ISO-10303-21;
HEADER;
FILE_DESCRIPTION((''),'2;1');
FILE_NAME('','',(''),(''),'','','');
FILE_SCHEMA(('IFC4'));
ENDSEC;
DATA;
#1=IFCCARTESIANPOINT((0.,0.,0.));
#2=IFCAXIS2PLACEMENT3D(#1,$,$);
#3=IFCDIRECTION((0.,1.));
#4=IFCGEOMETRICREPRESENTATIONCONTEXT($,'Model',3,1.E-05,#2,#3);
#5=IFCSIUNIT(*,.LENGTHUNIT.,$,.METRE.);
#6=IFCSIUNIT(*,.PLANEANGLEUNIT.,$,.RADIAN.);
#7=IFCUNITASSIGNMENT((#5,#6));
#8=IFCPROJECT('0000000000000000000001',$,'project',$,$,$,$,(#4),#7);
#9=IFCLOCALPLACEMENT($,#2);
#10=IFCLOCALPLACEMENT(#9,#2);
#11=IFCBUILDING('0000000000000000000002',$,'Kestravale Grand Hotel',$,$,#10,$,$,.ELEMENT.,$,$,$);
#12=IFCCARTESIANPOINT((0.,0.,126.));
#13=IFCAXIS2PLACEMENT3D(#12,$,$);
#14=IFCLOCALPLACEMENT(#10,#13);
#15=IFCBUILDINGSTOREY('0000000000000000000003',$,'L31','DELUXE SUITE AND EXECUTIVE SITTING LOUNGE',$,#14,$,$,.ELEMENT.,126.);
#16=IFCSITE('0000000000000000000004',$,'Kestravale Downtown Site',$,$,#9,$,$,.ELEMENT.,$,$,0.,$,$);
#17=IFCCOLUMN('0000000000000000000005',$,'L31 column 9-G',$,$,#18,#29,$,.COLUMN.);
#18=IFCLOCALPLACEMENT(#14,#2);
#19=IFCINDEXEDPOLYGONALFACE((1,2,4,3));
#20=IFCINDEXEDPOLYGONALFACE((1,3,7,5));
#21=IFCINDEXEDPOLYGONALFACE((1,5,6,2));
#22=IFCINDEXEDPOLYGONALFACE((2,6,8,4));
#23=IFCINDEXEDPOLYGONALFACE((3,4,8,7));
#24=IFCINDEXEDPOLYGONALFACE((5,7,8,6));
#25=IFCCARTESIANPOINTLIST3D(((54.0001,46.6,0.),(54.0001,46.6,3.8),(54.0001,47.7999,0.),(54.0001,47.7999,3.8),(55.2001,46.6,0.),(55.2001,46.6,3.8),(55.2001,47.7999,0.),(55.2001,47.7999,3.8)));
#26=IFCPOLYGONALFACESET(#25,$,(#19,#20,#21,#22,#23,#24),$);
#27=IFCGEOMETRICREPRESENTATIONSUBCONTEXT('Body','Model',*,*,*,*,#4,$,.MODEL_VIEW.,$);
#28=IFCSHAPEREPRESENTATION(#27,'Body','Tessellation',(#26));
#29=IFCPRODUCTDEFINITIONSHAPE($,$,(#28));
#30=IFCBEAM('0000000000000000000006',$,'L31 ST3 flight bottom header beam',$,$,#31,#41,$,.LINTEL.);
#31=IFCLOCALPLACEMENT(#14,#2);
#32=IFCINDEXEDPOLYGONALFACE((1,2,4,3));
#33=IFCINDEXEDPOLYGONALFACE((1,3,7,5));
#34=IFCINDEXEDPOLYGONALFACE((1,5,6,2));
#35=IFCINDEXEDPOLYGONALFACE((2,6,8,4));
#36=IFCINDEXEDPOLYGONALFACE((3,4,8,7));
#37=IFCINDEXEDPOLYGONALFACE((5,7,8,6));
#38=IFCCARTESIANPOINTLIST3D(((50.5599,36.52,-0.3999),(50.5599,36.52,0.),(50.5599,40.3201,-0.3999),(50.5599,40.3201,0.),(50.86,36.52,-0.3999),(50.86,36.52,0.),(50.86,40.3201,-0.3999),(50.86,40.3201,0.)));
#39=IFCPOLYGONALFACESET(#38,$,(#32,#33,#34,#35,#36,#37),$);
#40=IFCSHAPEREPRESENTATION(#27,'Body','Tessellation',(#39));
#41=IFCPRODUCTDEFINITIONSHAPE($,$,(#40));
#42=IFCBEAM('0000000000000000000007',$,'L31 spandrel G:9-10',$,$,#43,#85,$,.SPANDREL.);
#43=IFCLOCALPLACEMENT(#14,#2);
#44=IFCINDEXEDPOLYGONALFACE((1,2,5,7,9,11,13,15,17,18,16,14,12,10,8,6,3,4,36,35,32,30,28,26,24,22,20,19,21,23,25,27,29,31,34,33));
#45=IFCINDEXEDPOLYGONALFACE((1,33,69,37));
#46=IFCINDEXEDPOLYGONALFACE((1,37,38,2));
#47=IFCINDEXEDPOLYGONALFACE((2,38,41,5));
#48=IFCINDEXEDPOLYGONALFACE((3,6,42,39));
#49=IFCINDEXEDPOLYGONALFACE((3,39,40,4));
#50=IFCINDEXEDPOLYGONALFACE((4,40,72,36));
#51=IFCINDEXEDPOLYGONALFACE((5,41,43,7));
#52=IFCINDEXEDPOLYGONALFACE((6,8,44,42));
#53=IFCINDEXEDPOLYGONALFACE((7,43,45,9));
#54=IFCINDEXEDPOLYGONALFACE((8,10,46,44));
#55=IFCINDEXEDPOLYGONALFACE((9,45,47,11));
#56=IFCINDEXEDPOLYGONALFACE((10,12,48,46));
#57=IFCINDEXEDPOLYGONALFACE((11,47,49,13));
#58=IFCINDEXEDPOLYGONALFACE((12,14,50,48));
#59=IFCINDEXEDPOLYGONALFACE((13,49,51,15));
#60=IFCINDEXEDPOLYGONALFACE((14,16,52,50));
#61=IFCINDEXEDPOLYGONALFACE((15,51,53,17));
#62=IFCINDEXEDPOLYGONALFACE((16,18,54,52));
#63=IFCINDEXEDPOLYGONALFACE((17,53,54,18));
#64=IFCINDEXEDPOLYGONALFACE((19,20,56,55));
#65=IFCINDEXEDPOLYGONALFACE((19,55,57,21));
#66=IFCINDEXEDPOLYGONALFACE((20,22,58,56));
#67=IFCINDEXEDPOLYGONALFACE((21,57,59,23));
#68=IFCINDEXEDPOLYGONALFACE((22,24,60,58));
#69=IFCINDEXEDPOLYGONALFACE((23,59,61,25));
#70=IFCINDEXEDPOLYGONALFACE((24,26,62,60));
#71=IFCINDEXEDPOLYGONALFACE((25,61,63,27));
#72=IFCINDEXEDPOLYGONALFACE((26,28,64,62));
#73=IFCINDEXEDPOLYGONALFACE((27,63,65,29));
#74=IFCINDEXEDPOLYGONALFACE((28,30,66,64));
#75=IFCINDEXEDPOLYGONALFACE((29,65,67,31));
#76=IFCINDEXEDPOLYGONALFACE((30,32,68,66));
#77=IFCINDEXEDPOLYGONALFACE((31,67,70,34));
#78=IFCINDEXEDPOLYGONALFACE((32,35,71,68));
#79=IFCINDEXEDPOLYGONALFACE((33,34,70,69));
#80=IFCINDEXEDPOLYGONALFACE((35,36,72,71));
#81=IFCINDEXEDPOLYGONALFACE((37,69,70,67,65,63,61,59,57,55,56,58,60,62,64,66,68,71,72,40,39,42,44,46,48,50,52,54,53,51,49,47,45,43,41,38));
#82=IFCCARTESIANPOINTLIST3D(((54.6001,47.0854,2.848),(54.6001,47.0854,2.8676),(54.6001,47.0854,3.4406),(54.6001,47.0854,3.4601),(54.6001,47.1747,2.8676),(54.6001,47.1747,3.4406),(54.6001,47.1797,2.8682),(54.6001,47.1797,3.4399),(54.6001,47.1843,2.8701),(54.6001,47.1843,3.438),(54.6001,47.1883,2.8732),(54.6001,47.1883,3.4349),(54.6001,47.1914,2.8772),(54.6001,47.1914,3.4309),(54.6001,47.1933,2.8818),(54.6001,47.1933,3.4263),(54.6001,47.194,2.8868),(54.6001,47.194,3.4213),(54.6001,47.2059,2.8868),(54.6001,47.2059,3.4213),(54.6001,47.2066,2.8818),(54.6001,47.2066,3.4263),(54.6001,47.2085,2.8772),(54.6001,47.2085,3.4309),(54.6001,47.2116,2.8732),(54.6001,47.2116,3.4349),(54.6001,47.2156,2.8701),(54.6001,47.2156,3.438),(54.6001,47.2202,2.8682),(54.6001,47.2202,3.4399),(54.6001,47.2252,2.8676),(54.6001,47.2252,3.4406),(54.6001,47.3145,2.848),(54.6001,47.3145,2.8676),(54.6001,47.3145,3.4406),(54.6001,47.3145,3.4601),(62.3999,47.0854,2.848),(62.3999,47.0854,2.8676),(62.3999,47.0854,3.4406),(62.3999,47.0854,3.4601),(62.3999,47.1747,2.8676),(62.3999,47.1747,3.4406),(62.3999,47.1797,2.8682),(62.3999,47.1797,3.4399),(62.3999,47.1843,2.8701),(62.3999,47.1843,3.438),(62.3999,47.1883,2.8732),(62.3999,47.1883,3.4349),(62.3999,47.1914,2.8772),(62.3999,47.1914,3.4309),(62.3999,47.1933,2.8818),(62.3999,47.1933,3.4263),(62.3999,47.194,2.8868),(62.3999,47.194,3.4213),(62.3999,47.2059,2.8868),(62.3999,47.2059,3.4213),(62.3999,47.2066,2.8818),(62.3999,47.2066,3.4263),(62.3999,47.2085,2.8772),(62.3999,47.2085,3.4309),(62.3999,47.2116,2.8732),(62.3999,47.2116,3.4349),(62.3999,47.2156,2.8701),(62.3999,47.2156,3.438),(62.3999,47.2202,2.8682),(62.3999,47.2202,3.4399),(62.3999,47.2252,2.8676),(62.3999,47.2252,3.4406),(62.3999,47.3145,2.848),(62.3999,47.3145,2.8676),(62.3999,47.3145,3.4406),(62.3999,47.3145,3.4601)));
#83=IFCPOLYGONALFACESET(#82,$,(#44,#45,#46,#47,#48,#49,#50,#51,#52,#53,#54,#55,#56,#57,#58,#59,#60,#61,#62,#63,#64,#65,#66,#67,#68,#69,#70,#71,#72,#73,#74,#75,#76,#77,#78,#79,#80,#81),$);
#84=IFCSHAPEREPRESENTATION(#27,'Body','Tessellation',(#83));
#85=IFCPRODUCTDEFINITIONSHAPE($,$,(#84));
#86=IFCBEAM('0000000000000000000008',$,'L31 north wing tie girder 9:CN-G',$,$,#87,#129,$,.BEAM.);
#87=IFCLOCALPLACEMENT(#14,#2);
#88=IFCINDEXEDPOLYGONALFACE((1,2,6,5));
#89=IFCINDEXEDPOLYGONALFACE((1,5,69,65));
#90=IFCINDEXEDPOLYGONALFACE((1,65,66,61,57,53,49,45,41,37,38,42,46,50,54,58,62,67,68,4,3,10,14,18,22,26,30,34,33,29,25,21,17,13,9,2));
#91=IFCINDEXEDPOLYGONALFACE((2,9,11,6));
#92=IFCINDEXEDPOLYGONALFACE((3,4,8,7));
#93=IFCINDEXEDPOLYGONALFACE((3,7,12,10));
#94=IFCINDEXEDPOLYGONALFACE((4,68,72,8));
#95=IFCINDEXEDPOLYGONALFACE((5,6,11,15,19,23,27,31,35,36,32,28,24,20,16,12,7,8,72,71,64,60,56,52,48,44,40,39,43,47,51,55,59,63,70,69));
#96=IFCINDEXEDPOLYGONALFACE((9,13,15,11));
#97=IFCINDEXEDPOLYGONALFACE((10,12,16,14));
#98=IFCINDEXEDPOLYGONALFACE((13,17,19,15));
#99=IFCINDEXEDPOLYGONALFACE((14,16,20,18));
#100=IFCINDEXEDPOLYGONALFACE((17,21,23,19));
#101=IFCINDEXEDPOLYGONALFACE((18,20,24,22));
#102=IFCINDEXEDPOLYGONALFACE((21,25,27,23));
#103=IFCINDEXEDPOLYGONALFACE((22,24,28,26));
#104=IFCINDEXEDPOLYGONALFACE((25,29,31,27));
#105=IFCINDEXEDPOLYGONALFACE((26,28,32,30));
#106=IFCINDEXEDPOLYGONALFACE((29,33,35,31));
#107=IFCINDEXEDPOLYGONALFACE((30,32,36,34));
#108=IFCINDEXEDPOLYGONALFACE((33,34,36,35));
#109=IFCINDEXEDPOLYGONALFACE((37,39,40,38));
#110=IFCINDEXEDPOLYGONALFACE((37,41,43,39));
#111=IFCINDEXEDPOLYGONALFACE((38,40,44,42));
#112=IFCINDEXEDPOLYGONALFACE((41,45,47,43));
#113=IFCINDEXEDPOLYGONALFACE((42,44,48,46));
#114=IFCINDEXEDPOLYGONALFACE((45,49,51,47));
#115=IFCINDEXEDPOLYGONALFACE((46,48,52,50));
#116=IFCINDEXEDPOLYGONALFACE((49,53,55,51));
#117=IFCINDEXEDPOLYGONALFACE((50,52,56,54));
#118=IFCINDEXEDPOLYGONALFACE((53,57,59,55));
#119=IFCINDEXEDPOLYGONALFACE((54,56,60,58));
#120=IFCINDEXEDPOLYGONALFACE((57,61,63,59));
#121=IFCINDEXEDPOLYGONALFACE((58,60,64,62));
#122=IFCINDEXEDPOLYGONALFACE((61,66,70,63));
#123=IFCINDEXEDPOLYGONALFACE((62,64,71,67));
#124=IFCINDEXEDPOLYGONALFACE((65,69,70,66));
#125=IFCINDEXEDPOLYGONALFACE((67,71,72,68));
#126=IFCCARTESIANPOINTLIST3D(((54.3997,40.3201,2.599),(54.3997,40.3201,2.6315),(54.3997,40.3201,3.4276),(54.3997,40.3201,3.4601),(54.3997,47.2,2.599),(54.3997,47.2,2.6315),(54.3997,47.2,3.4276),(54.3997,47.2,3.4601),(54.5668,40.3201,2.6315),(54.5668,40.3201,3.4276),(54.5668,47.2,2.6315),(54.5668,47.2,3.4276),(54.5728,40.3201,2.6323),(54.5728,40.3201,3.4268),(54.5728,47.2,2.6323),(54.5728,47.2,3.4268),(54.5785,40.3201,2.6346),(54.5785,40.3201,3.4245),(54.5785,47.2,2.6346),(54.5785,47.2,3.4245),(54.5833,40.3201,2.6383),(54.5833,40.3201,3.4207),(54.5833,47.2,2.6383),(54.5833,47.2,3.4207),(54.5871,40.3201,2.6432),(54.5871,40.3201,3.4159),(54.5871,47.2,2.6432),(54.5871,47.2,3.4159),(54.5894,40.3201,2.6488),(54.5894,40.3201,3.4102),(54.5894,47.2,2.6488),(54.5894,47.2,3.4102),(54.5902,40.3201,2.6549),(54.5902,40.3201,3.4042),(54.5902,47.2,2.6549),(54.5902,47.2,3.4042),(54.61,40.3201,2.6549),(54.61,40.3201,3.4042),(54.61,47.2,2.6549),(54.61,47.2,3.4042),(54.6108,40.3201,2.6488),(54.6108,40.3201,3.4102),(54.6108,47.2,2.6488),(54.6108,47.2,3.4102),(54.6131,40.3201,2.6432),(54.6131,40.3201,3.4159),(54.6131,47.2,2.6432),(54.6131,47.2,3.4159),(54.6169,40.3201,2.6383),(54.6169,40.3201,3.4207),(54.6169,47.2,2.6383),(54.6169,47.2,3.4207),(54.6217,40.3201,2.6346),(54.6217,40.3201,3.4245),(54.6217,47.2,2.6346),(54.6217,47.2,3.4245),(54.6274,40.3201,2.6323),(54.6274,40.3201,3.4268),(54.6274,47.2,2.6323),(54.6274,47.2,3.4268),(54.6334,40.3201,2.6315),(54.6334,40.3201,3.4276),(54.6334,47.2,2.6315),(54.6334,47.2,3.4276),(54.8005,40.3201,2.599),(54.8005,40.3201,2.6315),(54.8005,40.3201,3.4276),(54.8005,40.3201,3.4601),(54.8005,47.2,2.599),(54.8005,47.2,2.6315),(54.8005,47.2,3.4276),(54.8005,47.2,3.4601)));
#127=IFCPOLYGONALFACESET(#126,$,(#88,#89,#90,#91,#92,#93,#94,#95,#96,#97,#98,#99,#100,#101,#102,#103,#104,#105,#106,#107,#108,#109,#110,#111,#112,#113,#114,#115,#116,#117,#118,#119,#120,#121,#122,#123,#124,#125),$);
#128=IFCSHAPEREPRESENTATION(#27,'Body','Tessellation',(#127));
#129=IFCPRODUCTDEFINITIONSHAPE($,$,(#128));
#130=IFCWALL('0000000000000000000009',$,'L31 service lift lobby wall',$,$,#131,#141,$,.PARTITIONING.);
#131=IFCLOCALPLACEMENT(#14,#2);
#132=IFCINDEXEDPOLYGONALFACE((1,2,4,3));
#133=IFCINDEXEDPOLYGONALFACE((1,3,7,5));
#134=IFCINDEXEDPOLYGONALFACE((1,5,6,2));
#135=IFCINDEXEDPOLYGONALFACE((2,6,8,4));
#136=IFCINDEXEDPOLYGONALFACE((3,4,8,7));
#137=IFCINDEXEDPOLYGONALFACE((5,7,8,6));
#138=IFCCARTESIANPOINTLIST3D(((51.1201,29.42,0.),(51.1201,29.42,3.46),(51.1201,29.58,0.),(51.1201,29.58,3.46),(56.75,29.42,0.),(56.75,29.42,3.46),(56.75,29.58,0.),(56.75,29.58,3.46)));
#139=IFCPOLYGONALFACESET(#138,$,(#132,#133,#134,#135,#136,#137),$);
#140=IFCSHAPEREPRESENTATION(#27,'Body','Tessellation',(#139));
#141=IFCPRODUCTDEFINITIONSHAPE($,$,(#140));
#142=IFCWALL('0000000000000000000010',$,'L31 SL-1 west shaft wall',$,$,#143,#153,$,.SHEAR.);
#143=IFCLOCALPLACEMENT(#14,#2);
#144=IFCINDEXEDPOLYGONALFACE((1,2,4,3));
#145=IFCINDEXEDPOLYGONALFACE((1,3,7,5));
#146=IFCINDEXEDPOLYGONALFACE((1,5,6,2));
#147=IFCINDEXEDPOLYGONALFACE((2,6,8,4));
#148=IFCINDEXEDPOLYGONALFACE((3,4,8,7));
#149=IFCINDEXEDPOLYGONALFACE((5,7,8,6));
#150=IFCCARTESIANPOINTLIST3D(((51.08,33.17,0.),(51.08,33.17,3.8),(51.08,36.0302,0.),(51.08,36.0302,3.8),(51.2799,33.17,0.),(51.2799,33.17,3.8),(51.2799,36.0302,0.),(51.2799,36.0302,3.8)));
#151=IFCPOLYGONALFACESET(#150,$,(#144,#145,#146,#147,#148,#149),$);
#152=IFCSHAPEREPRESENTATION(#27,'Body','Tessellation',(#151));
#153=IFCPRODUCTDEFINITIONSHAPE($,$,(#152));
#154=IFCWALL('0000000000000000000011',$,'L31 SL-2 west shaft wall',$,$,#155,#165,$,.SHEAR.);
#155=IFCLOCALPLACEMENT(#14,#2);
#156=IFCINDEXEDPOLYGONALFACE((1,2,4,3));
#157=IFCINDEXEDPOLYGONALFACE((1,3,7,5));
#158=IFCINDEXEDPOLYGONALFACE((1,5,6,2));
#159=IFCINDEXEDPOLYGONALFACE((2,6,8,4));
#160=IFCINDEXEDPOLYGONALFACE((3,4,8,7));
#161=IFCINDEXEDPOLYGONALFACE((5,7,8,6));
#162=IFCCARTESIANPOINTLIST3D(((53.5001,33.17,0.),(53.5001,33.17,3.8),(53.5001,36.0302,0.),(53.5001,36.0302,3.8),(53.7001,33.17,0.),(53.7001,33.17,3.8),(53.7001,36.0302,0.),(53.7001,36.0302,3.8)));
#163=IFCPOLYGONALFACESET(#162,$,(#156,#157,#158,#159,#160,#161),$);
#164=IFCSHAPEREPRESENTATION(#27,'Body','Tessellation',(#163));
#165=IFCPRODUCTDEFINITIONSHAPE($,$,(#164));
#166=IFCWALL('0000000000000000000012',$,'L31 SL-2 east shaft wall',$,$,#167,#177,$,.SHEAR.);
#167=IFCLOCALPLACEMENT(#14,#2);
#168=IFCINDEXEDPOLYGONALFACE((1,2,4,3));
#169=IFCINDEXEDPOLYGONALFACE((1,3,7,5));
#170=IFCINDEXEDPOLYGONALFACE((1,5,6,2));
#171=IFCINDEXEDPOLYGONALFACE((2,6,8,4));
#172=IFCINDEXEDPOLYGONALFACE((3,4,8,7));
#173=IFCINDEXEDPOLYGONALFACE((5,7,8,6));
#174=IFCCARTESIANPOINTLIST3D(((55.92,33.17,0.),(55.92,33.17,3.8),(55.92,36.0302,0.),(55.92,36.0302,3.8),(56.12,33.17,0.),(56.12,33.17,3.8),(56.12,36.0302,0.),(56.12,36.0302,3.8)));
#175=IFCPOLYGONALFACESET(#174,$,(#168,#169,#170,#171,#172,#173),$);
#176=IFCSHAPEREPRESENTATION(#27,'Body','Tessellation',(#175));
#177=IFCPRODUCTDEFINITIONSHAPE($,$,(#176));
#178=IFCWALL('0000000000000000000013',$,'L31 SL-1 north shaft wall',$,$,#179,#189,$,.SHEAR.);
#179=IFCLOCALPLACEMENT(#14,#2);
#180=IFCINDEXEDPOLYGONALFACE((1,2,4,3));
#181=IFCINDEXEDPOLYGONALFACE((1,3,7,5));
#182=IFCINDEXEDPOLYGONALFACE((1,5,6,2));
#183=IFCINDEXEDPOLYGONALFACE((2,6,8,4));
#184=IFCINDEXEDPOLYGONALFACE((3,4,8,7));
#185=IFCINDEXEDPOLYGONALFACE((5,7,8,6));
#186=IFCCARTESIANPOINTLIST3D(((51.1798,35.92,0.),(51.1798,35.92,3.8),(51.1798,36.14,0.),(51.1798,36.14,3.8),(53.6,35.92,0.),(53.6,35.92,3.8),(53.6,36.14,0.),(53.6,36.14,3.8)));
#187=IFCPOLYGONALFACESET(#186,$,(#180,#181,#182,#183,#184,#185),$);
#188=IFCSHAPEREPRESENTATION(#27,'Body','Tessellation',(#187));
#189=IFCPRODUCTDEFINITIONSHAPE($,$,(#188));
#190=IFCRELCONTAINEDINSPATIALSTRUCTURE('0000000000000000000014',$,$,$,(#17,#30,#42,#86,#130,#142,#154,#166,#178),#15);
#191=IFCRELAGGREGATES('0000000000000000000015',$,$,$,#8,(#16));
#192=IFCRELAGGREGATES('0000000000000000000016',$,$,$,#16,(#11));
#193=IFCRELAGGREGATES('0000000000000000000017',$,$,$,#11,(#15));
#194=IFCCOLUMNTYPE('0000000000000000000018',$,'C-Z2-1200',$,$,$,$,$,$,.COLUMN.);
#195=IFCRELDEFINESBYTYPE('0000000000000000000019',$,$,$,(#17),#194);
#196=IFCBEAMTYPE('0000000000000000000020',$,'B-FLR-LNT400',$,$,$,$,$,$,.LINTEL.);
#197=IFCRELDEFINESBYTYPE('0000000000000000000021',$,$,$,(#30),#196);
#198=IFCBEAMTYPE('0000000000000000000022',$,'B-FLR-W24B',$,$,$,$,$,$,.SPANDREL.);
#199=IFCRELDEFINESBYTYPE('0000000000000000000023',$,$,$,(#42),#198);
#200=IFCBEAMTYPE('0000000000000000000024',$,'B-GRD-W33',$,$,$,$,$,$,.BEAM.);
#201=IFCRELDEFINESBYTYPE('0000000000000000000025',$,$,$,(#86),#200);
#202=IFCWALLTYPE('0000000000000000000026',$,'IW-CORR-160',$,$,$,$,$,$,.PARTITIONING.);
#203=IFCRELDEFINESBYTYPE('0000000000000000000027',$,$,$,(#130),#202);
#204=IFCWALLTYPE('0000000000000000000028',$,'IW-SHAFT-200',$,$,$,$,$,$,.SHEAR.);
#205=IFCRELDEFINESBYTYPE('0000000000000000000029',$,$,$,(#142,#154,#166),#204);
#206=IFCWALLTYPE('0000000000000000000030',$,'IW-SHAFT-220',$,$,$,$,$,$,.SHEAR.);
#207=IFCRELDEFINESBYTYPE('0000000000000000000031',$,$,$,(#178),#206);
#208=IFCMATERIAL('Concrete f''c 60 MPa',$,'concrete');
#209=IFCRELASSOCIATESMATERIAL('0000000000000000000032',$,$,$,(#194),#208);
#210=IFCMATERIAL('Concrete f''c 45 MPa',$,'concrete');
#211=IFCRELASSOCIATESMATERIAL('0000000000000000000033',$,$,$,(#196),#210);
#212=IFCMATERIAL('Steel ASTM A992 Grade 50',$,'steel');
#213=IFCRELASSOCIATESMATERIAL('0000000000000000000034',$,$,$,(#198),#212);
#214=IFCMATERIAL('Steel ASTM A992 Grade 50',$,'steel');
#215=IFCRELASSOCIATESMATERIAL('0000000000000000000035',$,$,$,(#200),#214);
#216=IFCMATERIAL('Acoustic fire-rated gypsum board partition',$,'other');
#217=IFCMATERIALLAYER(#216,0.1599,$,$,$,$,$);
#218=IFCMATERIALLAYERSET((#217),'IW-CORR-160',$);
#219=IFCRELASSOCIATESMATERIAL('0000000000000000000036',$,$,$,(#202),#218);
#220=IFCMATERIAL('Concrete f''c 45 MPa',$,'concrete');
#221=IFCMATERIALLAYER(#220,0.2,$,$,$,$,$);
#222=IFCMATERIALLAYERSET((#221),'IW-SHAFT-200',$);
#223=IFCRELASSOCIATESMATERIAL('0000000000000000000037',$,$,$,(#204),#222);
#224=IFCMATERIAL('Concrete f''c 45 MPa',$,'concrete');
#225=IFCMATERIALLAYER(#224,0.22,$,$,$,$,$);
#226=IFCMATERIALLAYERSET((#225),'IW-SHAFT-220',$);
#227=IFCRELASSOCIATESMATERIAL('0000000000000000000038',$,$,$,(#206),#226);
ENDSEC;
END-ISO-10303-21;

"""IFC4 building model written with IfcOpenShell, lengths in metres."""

from ifc_helpers import new_model, si_unit, direction, frame, frame_2d, origin, origin_2d, place, context, subcontext, project, spatial, rectangle, i_section, extrude, material, layer, layer_set, material_profile, profile_set, type_object, element, save


model = new_model("IFC4")

# Units and contexts
model_context = context("Model", 3, precision=1e-05, world=origin(), true_north=direction((0.0, 1.0)))
body_context = subcontext(model_context, "Body", "Model", "MODEL_VIEW")
ifc_project = project(units=[si_unit("LENGTHUNIT", "METRE"), si_unit("PLANEANGLEUNIT", "RADIAN")], contexts=[model_context])

# Site, building, storey
site_placement = place(None, origin())
site = spatial("IfcSite", under=ifc_project, at=site_placement, Name="Kestravale Downtown Site", CompositionType="ELEMENT", RefElevation=0.0)
building_placement = place(site_placement, origin())
building = spatial("IfcBuilding", under=site, at=building_placement, Name="Kestravale Grand Hotel", CompositionType="ELEMENT")
storey_placement = place(building_placement, frame((0.0, 0.0, 126.0)))
storey = spatial("IfcBuildingStorey", under=building, at=storey_placement, Name="L31", Description="DELUXE SUITE AND EXECUTIVE SITTING LOUNGE", CompositionType="ELEMENT", Elevation=126.0)

# Column
ifc_material_1 = material(Name="Concrete f'c 60 MPa", Category="concrete")
ifc_material_profile_1 = material_profile(ifc_material_1, rectangle(XDim=1.2, YDim=1.2, at=origin_2d()))
ifc_profile_set_1 = profile_set([ifc_material_profile_1], Name="Concrete f'c 60 MPa")
column_type = type_object("IfcColumnType", Name="C-Z2-1200", PredefinedType="COLUMN", material=ifc_profile_set_1)
column_placement = place(storey_placement, frame((54.6001, 47.2, 0.0), z_axis=(0.0, 0.0, 1.0), x_axis=(1.0, 0.0, 0.0)))
element("IfcColumn", 1, at=column_placement, inside=storey, type_object=column_type, Name="L31 column 9-G", PredefinedType="COLUMN", context=body_context, shape_type="SweptSolid", body=[
    extrude(rectangle(XDim=1.2, YDim=1.2, at=origin_2d()), origin(), (0.0, 0.0, 1.0), 3.8),
])

# Beams
ifc_material_2 = material(Name="Concrete f'c 45 MPa", Category="concrete")
ifc_material_profile_2 = material_profile(ifc_material_2, rectangle(XDim=0.3, YDim=0.3999, at=origin_2d()))
ifc_profile_set_2 = profile_set([ifc_material_profile_2], Name="Concrete f'c 45 MPa")
beam_type_1 = type_object("IfcBeamType", Name="B-FLR-LNT400", PredefinedType="LINTEL", material=ifc_profile_set_2)
beam_1_placement = place(storey_placement, frame((50.71, 36.52, -0.2), z_axis=(0.0, 1.0, 0.0), x_axis=(-1.0, 0.0, 0.0)))
element("IfcBeam", 2, at=beam_1_placement, inside=storey, type_object=beam_type_1, Name="L31 ST3 flight bottom header beam", PredefinedType="LINTEL", context=body_context, shape_type="SweptSolid", body=[
    extrude(rectangle(XDim=0.3, YDim=0.3999, at=origin_2d()), origin(), (0.0, 0.0, 1.0), 3.8),
])
ifc_material_3 = material(Name="Steel ASTM A992 Grade 50", Category="steel")
ifc_material_profile_3 = material_profile(ifc_material_3, i_section(OverallWidth=0.229, OverallDepth=0.6121, WebThickness=0.012, FlangeThickness=0.0195, FilletRadius=0.0193, at=origin_2d()))
ifc_profile_set_3 = profile_set([ifc_material_profile_3], Name="Steel ASTM A992 Grade 50")
beam_type_2 = type_object("IfcBeamType", Name="B-FLR-W24B", PredefinedType="SPANDREL", material=ifc_profile_set_3)
beam_2_placement = place(storey_placement, frame((54.6001, 47.2, 3.1541), z_axis=(1.0, 0.0, 0.0), x_axis=(0.0, 1.0, 0.0)))
element("IfcBeam", 3, at=beam_2_placement, inside=storey, type_object=beam_type_2, Name="L31 spandrel G:9-10", PredefinedType="SPANDREL", context=body_context, shape_type="SweptSolid", body=[
    extrude(i_section(OverallWidth=0.229, OverallDepth=0.6121, WebThickness=0.012, FlangeThickness=0.0195, FilletRadius=0.0193, at=origin_2d()), origin(), (0.0, 0.0, 1.0), 7.7998),
])
ifc_material_4 = material(Name="Steel ASTM A992 Grade 50", Category="steel")
ifc_material_profile_4 = material_profile(ifc_material_4, i_section(OverallWidth=0.4009, OverallDepth=0.8611, WebThickness=0.0198, FlangeThickness=0.0325, FilletRadius=0.0234, at=origin_2d()))
ifc_profile_set_4 = profile_set([ifc_material_profile_4], Name="Steel ASTM A992 Grade 50")
beam_type_3 = type_object("IfcBeamType", Name="B-GRD-W33", PredefinedType="BEAM", material=ifc_profile_set_4)
beam_3_placement = place(storey_placement, frame((54.6001, 40.3201, 3.0295), z_axis=(0.0, 1.0, 0.0), x_axis=(-1.0, 0.0, 0.0)))
element("IfcBeam", 4, at=beam_3_placement, inside=storey, type_object=beam_type_3, Name="L31 north wing tie girder 9:CN-G", PredefinedType="BEAM", context=body_context, shape_type="SweptSolid", body=[
    extrude(i_section(OverallWidth=0.4009, OverallDepth=0.8611, WebThickness=0.0198, FlangeThickness=0.0325, FilletRadius=0.0234, at=origin_2d()), origin(), (0.0, 0.0, 1.0), 6.8799),
])

# Walls
ifc_material_5 = material(Name="Acoustic fire-rated gypsum board partition", Category="other")
ifc_layer_1 = layer(ifc_material_5, 0.1599)
ifc_layer_set_1 = layer_set([ifc_layer_1], Name="IW-CORR-160")
wall_type_1 = type_object("IfcWallType", Name="IW-CORR-160", PredefinedType="PARTITIONING", material=ifc_layer_set_1)
wall_1_placement = place(storey_placement, frame((51.1201, 29.5, 0.0), z_axis=(0.0, 0.0, 1.0), x_axis=(1.0, 0.0, 0.0)))
element("IfcWall", 5, at=wall_1_placement, inside=storey, type_object=wall_type_1, Name="L31 service lift lobby wall", PredefinedType="PARTITIONING", context=body_context, shape_type="SweptSolid", body=[
    extrude(rectangle(XDim=5.6299, YDim=0.1599, at=frame_2d((2.8149, 0.0))), origin(), (0.0, 0.0, 1.0), 3.46),
])
ifc_material_6 = material(Name="Concrete f'c 45 MPa", Category="concrete")
ifc_layer_2 = layer(ifc_material_6, 0.2)
ifc_layer_set_2 = layer_set([ifc_layer_2], Name="IW-SHAFT-200")
wall_type_2 = type_object("IfcWallType", Name="IW-SHAFT-200", PredefinedType="SHEAR", material=ifc_layer_set_2)
for number, where, z_axis, x_axis, name in (
    (6, (51.1799, 33.1699, 0.0), (0.0, 0.0, 1.0), (0.0, 1.0, 0.0), "L31 SL-1 west shaft wall"),
    (7, (53.6001, 33.1699, 0.0), (0.0, 0.0, 1.0), (0.0, 1.0, 0.0), "L31 SL-2 west shaft wall"),
    (8, (56.02, 33.1699, 0.0), (0.0, 0.0, 1.0), (0.0, 1.0, 0.0), "L31 SL-2 east shaft wall"),
):
    element("IfcWall", number, at=place(storey_placement, frame(where, z_axis=z_axis, x_axis=x_axis)), inside=storey, type_object=wall_type_2, Name=name, PredefinedType="SHEAR", context=body_context, shape_type="SweptSolid", body=[
        extrude(rectangle(XDim=2.8601, YDim=0.2, at=frame_2d((1.4302, 0.0))), origin(), (0.0, 0.0, 1.0), 3.8),
    ])
ifc_material_7 = material(Name="Concrete f'c 45 MPa", Category="concrete")
ifc_layer_3 = layer(ifc_material_7, 0.22)
ifc_layer_set_3 = layer_set([ifc_layer_3], Name="IW-SHAFT-220")
wall_type_3 = type_object("IfcWallType", Name="IW-SHAFT-220", PredefinedType="SHEAR", material=ifc_layer_set_3)
wall_2_placement = place(storey_placement, frame((51.1799, 36.03, 0.0), z_axis=(0.0, 0.0, 1.0), x_axis=(1.0, 0.0, 0.0)))
element("IfcWall", 9, at=wall_2_placement, inside=storey, type_object=wall_type_3, Name="L31 SL-1 north shaft wall", PredefinedType="SHEAR", context=body_context, shape_type="SweptSolid", body=[
    extrude(rectangle(XDim=2.4202, YDim=0.22, at=frame_2d((1.21, 0.0))), origin(), (0.0, 0.0, 1.0), 3.8),
])

save(model, "model.ifc")
